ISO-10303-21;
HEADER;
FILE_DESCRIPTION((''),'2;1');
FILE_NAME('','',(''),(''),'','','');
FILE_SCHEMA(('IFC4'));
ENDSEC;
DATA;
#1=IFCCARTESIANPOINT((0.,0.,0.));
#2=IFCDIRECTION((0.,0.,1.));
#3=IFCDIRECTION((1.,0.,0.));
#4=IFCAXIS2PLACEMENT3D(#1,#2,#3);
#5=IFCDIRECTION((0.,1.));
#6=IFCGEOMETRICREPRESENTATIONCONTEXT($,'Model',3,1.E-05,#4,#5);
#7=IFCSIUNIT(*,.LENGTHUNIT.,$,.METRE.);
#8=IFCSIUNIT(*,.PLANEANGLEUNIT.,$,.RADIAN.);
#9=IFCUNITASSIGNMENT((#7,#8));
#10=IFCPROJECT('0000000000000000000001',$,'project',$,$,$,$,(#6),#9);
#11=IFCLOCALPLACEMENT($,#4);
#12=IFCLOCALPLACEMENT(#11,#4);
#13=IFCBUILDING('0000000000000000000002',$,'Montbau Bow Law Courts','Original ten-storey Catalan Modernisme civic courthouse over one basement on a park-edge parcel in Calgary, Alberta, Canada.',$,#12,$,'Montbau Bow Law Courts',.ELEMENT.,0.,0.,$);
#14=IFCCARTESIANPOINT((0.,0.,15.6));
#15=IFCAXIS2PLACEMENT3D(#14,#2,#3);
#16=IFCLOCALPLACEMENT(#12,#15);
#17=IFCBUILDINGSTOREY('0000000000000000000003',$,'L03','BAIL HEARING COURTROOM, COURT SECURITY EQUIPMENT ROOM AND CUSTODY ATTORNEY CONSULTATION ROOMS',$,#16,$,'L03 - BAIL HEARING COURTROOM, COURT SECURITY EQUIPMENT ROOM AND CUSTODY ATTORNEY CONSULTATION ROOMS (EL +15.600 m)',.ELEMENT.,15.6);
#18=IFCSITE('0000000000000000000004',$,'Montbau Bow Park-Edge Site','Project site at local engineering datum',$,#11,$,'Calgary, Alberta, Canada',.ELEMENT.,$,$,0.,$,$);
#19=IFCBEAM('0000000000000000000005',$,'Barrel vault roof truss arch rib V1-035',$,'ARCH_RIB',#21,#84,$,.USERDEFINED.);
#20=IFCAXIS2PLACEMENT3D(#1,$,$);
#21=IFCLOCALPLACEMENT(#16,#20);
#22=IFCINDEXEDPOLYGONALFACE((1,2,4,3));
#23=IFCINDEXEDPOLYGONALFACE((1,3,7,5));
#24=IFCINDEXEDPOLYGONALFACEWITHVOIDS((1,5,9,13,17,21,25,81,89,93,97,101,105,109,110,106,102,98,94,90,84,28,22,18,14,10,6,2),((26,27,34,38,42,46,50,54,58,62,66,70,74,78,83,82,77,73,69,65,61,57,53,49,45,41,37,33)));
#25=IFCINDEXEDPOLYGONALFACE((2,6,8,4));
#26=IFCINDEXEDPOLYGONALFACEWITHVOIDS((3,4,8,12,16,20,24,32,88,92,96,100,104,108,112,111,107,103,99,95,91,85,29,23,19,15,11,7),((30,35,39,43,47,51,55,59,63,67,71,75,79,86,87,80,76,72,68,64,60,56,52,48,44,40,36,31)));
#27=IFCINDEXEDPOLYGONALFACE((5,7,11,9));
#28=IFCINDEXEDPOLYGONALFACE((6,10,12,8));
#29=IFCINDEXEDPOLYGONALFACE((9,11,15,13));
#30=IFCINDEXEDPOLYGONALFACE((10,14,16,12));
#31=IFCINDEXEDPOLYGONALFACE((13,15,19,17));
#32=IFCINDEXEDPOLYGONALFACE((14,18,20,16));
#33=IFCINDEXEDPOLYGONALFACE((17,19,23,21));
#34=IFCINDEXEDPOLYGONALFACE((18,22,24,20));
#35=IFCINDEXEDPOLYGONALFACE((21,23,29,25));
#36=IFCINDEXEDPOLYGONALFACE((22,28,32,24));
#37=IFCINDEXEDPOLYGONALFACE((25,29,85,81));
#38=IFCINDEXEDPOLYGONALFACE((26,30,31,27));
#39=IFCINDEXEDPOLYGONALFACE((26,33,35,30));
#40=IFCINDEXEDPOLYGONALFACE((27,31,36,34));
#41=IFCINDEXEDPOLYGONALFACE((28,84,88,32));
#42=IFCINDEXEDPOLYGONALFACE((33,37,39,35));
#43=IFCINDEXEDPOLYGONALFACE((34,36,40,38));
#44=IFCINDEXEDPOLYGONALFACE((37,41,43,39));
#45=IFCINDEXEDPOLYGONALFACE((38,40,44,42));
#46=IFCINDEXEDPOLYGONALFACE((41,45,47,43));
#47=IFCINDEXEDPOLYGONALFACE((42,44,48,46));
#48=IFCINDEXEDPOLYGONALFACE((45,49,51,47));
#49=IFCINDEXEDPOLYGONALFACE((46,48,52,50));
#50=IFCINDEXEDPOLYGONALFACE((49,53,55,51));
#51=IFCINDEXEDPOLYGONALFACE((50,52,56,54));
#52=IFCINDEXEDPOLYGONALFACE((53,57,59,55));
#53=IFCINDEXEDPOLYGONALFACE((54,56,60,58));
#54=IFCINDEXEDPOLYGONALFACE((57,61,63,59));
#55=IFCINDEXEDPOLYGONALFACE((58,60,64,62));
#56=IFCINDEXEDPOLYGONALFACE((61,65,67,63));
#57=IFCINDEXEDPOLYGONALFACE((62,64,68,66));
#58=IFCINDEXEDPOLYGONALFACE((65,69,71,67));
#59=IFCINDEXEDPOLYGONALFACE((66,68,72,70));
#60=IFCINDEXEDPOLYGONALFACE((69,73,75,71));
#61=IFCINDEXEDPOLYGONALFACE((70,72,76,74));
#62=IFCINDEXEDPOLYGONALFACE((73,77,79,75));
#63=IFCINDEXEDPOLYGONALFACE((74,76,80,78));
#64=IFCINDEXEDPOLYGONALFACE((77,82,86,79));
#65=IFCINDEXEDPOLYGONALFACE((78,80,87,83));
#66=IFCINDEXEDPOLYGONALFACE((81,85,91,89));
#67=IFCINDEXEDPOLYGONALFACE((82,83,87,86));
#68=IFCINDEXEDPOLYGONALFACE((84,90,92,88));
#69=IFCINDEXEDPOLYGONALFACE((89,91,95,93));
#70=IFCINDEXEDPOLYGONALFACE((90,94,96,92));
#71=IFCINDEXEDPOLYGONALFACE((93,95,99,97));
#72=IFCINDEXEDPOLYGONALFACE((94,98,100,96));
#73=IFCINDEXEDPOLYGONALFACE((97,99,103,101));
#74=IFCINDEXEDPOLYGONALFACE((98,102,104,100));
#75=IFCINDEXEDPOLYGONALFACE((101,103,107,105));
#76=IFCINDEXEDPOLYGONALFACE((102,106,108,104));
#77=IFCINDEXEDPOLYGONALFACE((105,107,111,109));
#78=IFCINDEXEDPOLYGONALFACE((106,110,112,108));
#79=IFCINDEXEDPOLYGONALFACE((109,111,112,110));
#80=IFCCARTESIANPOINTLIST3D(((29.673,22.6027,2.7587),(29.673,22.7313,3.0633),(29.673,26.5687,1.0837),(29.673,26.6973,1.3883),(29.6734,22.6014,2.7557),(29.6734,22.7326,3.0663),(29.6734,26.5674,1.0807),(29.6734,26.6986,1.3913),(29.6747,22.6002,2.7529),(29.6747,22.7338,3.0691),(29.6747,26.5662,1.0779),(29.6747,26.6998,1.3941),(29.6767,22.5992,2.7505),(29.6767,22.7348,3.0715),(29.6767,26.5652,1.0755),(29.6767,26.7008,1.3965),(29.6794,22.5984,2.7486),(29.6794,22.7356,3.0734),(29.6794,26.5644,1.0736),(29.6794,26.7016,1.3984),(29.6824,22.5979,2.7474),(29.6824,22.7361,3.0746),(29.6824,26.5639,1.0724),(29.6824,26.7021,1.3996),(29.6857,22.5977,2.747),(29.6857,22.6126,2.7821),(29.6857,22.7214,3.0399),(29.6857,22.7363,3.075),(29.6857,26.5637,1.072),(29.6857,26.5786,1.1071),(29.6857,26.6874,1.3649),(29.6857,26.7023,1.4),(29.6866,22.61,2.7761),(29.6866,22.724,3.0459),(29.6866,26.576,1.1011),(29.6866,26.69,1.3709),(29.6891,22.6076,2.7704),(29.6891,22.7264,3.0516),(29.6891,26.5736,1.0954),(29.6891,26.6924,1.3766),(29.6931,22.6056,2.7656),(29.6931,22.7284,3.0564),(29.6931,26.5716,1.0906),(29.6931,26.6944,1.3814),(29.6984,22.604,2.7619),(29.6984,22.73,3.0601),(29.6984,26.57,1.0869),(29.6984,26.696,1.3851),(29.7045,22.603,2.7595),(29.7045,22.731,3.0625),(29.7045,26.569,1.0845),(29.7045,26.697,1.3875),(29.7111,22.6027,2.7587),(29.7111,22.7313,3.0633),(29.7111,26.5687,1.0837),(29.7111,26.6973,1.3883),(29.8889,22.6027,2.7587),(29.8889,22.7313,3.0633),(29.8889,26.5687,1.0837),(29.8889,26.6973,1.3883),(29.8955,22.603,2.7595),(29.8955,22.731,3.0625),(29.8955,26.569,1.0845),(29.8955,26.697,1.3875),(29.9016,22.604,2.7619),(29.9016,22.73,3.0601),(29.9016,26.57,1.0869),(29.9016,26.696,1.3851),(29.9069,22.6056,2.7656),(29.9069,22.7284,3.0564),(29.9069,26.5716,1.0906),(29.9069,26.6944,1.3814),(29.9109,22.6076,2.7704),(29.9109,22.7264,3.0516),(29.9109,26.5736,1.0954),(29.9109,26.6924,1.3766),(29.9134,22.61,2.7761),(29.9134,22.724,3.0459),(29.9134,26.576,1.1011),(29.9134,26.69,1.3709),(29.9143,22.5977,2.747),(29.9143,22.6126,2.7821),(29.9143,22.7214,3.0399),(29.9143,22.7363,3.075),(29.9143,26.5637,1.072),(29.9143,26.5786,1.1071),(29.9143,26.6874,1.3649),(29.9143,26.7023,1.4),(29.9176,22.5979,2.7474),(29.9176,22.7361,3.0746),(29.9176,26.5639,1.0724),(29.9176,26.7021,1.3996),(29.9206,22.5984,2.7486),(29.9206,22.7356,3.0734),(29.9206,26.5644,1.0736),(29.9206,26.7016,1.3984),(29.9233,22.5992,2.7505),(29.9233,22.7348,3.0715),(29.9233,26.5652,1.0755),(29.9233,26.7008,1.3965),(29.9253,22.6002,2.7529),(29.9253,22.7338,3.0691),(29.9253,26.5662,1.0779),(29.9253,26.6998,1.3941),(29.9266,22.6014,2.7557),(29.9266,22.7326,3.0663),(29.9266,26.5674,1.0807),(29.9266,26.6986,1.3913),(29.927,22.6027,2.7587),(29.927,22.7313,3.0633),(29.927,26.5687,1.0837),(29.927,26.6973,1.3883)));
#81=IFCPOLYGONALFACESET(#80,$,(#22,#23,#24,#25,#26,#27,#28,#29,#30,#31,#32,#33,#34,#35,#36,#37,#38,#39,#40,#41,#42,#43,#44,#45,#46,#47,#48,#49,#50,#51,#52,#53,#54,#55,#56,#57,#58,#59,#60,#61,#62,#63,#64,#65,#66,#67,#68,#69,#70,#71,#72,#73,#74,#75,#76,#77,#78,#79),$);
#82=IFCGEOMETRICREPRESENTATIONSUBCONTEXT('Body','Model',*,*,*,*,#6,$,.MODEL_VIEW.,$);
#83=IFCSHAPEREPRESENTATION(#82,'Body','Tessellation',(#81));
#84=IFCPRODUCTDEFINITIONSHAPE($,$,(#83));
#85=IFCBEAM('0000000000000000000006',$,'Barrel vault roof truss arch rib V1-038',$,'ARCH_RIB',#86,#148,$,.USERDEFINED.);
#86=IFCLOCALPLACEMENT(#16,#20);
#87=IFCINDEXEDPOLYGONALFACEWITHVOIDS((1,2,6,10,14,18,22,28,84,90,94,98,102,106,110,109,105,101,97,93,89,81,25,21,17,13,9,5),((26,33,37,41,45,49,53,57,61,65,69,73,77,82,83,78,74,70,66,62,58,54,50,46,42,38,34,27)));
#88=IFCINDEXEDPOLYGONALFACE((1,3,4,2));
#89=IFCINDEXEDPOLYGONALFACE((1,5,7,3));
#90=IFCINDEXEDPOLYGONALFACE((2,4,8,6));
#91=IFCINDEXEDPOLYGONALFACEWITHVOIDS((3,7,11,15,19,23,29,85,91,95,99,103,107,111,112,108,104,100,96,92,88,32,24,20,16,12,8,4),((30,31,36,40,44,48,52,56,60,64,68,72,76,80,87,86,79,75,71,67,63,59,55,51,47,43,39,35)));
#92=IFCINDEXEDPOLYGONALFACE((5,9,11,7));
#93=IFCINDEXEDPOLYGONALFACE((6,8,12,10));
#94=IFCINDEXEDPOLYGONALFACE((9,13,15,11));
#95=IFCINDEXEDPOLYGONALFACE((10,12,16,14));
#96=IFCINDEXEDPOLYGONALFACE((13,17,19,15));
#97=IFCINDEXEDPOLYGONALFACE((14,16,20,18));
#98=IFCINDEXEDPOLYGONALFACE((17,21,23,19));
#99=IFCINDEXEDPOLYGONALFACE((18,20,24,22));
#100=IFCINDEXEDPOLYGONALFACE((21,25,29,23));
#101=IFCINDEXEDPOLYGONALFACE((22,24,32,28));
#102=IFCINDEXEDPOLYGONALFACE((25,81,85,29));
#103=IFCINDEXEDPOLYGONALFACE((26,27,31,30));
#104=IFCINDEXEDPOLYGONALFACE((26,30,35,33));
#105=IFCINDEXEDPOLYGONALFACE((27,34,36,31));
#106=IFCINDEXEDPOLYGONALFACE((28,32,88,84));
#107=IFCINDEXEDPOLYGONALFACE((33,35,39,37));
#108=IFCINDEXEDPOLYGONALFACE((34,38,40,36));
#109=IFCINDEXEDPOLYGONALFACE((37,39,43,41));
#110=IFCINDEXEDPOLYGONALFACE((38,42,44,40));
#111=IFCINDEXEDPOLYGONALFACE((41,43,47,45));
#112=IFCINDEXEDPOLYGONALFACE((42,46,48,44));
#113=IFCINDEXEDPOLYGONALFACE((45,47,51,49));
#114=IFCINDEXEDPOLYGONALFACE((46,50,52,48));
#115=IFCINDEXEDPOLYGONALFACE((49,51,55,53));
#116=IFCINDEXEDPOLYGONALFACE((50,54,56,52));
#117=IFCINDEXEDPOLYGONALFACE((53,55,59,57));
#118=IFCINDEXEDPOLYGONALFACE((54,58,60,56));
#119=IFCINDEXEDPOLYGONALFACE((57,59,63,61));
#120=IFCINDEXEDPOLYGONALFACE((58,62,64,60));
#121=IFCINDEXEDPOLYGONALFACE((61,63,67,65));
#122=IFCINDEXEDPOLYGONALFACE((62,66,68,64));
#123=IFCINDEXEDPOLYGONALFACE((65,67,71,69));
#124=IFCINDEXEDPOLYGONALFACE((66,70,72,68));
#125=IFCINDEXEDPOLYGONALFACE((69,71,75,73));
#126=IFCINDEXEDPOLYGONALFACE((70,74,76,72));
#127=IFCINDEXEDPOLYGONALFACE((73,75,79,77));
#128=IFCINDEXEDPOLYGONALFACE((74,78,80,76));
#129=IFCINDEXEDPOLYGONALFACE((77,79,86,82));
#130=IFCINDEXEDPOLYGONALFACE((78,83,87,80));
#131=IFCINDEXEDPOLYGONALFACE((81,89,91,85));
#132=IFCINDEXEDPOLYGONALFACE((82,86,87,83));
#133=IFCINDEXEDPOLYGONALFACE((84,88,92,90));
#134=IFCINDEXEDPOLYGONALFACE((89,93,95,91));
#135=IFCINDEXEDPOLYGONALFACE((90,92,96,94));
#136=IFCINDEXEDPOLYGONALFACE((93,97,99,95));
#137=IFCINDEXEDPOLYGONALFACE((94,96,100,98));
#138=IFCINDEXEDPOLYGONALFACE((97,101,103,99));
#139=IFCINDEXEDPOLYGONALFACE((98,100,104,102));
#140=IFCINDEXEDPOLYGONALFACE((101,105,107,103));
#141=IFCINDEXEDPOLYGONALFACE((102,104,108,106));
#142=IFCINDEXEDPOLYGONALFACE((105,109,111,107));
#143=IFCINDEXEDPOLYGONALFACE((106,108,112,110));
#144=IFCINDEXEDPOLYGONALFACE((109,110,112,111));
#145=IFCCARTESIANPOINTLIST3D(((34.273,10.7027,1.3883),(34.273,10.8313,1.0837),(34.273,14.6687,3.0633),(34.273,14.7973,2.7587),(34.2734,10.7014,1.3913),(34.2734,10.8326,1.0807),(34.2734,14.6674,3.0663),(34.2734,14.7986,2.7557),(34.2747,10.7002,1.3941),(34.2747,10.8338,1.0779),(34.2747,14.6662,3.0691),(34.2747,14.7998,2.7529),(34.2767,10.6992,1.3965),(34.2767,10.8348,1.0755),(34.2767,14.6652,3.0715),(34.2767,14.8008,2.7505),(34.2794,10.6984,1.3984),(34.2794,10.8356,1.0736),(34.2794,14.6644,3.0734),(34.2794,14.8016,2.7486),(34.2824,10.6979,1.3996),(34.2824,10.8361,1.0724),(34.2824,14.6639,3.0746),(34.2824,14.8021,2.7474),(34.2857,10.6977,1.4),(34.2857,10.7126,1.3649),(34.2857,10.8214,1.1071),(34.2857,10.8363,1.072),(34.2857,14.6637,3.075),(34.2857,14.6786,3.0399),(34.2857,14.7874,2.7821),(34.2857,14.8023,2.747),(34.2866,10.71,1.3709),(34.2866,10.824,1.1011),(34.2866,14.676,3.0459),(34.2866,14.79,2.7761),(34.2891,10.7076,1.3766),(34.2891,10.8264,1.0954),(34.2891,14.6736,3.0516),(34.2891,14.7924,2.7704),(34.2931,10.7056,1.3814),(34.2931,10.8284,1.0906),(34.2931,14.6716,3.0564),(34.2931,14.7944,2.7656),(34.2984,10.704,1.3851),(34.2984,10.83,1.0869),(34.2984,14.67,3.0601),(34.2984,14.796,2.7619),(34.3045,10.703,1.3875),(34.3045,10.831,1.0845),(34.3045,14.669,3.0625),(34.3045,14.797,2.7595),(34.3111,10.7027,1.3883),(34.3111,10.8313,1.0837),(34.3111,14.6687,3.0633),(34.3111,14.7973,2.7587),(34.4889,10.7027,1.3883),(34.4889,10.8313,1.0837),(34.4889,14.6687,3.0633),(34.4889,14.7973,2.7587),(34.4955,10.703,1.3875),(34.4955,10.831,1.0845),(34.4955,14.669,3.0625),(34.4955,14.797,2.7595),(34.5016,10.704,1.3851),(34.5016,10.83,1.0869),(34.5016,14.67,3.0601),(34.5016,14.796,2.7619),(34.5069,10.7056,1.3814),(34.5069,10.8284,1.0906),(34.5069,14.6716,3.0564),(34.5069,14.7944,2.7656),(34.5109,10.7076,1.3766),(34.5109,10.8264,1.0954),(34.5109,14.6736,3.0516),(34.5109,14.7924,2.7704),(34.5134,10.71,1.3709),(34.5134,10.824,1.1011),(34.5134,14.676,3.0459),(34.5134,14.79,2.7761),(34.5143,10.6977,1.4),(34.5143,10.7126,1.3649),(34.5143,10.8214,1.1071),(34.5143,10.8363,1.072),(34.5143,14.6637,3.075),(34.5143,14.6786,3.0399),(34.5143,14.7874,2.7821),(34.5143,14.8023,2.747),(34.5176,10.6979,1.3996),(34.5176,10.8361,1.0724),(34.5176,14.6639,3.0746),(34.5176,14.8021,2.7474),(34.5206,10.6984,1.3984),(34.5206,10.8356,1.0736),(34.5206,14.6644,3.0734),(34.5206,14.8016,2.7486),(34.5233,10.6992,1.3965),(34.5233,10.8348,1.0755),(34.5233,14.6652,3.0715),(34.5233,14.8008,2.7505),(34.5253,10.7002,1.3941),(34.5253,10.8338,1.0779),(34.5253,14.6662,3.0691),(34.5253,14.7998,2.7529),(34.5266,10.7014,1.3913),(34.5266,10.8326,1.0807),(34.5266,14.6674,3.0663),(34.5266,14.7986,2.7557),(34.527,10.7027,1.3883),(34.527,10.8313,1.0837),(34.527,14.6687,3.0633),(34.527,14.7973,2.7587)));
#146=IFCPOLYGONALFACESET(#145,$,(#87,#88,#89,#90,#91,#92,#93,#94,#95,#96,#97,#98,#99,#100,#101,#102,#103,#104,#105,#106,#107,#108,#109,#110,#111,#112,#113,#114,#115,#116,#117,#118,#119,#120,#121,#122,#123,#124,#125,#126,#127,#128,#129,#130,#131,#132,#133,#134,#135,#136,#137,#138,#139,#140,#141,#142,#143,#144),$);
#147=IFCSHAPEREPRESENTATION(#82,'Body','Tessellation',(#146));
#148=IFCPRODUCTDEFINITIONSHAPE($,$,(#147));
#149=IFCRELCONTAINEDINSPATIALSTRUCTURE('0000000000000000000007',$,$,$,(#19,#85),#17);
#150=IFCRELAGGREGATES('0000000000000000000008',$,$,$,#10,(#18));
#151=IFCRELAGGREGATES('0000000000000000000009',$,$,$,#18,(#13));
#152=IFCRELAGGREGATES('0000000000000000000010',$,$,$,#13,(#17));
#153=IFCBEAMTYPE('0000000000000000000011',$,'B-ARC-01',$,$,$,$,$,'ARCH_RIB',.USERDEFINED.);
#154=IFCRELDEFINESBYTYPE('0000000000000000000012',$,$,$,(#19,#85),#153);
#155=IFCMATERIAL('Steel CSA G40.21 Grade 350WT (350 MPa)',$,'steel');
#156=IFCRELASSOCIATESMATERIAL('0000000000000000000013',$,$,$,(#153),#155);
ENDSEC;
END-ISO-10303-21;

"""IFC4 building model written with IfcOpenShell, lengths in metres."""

from ifc_helpers import new_model, si_unit, direction, frame, origin_with_axes, origin_2d_with_axis, place, context, subcontext, project, spatial, hollow_rectangle, extrude, material, material_profile, profile_set, type_object, element, save


model = new_model("IFC4")

# Units and contexts
model_context = context("Model", 3, precision=1e-05, world=origin_with_axes(), true_north=direction((0.0, 1.0)))
body_context = subcontext(model_context, "Body", "Model", "MODEL_VIEW")
ifc_project = project(units=[si_unit("LENGTHUNIT", "METRE"), si_unit("PLANEANGLEUNIT", "RADIAN")], contexts=[model_context])

# Site, building, storey
site_placement = place(None, origin_with_axes())
site = spatial("IfcSite", under=ifc_project, at=site_placement, Name="Montbau Bow Park-Edge Site", Description="Project site at local engineering datum", LongName="Calgary, Alberta, Canada", CompositionType="ELEMENT", RefElevation=0.0)
building_placement = place(site_placement, origin_with_axes())
building = spatial("IfcBuilding", under=site, at=building_placement, Name="Montbau Bow Law Courts", Description="Original ten-storey Catalan Modernisme civic courthouse over one basement on a park-edge parcel in Calgary, Alberta, Canada.", LongName="Montbau Bow Law Courts", CompositionType="ELEMENT", ElevationOfRefHeight=0.0, ElevationOfTerrain=0.0)
storey_placement = place(building_placement, frame((0.0, 0.0, 15.6), z_axis=(0.0, 0.0, 1.0), x_axis=(1.0, 0.0, 0.0)))
storey = spatial("IfcBuildingStorey", under=building, at=storey_placement, Name="L03", Description="BAIL HEARING COURTROOM, COURT SECURITY EQUIPMENT ROOM AND CUSTODY ATTORNEY CONSULTATION ROOMS", LongName="L03 - BAIL HEARING COURTROOM, COURT SECURITY EQUIPMENT ROOM AND CUSTODY ATTORNEY CONSULTATION ROOMS (EL +15.600 m)", CompositionType="ELEMENT", Elevation=15.6)

# Beams
ifc_material_1 = material(Name="Steel CSA G40.21 Grade 350WT (350 MPa)", Category="steel")
ifc_material_profile_1 = material_profile(ifc_material_1, hollow_rectangle(XDim=0.254, YDim=0.356, WallThickness=0.0127, InnerFilletRadius=0.0254, OuterFilletRadius=0.0127, at=origin_2d_with_axis()), Name="HSS356X254X13", Category="Main", Priority=0)
ifc_profile_set_1 = profile_set([ifc_material_profile_1], Name="Steel CSA G40.21 Grade 350WT (350 MPa)")
beam_type = type_object("IfcBeamType", Name="B-ARC-01", ElementType="ARCH_RIB", PredefinedType="USERDEFINED", material=ifc_profile_set_1)
for number, where, z_axis, x_axis, name in (
    (1, (29.8, 22.667, 18.511), (0.0, 0.921211, -0.389064), (-1.0, 0.0, 0.0), "Barrel vault roof truss arch rib V1-035"),
    (2, (34.4, 10.767, 16.836), (0.0, 0.921211, 0.389064), (-1.0, 0.0, 0.0), "Barrel vault roof truss arch rib V1-038"),
):
    element("IfcBeam", number, at=place(None, frame(where, z_axis=z_axis, x_axis=x_axis)), inside=storey, type_object=beam_type, Name=name, ObjectType="ARCH_RIB", PredefinedType="USERDEFINED", context=body_context, shape_type="SweptSolid", body=[
        extrude(hollow_rectangle(XDim=0.254, YDim=0.356, WallThickness=0.0127, InnerFilletRadius=0.0254, OuterFilletRadius=0.0127, at=origin_2d_with_axis()), origin_with_axes(), (0.0, 0.0, 1.0), 4.3052),
    ])

save(model, "model.ifc")
